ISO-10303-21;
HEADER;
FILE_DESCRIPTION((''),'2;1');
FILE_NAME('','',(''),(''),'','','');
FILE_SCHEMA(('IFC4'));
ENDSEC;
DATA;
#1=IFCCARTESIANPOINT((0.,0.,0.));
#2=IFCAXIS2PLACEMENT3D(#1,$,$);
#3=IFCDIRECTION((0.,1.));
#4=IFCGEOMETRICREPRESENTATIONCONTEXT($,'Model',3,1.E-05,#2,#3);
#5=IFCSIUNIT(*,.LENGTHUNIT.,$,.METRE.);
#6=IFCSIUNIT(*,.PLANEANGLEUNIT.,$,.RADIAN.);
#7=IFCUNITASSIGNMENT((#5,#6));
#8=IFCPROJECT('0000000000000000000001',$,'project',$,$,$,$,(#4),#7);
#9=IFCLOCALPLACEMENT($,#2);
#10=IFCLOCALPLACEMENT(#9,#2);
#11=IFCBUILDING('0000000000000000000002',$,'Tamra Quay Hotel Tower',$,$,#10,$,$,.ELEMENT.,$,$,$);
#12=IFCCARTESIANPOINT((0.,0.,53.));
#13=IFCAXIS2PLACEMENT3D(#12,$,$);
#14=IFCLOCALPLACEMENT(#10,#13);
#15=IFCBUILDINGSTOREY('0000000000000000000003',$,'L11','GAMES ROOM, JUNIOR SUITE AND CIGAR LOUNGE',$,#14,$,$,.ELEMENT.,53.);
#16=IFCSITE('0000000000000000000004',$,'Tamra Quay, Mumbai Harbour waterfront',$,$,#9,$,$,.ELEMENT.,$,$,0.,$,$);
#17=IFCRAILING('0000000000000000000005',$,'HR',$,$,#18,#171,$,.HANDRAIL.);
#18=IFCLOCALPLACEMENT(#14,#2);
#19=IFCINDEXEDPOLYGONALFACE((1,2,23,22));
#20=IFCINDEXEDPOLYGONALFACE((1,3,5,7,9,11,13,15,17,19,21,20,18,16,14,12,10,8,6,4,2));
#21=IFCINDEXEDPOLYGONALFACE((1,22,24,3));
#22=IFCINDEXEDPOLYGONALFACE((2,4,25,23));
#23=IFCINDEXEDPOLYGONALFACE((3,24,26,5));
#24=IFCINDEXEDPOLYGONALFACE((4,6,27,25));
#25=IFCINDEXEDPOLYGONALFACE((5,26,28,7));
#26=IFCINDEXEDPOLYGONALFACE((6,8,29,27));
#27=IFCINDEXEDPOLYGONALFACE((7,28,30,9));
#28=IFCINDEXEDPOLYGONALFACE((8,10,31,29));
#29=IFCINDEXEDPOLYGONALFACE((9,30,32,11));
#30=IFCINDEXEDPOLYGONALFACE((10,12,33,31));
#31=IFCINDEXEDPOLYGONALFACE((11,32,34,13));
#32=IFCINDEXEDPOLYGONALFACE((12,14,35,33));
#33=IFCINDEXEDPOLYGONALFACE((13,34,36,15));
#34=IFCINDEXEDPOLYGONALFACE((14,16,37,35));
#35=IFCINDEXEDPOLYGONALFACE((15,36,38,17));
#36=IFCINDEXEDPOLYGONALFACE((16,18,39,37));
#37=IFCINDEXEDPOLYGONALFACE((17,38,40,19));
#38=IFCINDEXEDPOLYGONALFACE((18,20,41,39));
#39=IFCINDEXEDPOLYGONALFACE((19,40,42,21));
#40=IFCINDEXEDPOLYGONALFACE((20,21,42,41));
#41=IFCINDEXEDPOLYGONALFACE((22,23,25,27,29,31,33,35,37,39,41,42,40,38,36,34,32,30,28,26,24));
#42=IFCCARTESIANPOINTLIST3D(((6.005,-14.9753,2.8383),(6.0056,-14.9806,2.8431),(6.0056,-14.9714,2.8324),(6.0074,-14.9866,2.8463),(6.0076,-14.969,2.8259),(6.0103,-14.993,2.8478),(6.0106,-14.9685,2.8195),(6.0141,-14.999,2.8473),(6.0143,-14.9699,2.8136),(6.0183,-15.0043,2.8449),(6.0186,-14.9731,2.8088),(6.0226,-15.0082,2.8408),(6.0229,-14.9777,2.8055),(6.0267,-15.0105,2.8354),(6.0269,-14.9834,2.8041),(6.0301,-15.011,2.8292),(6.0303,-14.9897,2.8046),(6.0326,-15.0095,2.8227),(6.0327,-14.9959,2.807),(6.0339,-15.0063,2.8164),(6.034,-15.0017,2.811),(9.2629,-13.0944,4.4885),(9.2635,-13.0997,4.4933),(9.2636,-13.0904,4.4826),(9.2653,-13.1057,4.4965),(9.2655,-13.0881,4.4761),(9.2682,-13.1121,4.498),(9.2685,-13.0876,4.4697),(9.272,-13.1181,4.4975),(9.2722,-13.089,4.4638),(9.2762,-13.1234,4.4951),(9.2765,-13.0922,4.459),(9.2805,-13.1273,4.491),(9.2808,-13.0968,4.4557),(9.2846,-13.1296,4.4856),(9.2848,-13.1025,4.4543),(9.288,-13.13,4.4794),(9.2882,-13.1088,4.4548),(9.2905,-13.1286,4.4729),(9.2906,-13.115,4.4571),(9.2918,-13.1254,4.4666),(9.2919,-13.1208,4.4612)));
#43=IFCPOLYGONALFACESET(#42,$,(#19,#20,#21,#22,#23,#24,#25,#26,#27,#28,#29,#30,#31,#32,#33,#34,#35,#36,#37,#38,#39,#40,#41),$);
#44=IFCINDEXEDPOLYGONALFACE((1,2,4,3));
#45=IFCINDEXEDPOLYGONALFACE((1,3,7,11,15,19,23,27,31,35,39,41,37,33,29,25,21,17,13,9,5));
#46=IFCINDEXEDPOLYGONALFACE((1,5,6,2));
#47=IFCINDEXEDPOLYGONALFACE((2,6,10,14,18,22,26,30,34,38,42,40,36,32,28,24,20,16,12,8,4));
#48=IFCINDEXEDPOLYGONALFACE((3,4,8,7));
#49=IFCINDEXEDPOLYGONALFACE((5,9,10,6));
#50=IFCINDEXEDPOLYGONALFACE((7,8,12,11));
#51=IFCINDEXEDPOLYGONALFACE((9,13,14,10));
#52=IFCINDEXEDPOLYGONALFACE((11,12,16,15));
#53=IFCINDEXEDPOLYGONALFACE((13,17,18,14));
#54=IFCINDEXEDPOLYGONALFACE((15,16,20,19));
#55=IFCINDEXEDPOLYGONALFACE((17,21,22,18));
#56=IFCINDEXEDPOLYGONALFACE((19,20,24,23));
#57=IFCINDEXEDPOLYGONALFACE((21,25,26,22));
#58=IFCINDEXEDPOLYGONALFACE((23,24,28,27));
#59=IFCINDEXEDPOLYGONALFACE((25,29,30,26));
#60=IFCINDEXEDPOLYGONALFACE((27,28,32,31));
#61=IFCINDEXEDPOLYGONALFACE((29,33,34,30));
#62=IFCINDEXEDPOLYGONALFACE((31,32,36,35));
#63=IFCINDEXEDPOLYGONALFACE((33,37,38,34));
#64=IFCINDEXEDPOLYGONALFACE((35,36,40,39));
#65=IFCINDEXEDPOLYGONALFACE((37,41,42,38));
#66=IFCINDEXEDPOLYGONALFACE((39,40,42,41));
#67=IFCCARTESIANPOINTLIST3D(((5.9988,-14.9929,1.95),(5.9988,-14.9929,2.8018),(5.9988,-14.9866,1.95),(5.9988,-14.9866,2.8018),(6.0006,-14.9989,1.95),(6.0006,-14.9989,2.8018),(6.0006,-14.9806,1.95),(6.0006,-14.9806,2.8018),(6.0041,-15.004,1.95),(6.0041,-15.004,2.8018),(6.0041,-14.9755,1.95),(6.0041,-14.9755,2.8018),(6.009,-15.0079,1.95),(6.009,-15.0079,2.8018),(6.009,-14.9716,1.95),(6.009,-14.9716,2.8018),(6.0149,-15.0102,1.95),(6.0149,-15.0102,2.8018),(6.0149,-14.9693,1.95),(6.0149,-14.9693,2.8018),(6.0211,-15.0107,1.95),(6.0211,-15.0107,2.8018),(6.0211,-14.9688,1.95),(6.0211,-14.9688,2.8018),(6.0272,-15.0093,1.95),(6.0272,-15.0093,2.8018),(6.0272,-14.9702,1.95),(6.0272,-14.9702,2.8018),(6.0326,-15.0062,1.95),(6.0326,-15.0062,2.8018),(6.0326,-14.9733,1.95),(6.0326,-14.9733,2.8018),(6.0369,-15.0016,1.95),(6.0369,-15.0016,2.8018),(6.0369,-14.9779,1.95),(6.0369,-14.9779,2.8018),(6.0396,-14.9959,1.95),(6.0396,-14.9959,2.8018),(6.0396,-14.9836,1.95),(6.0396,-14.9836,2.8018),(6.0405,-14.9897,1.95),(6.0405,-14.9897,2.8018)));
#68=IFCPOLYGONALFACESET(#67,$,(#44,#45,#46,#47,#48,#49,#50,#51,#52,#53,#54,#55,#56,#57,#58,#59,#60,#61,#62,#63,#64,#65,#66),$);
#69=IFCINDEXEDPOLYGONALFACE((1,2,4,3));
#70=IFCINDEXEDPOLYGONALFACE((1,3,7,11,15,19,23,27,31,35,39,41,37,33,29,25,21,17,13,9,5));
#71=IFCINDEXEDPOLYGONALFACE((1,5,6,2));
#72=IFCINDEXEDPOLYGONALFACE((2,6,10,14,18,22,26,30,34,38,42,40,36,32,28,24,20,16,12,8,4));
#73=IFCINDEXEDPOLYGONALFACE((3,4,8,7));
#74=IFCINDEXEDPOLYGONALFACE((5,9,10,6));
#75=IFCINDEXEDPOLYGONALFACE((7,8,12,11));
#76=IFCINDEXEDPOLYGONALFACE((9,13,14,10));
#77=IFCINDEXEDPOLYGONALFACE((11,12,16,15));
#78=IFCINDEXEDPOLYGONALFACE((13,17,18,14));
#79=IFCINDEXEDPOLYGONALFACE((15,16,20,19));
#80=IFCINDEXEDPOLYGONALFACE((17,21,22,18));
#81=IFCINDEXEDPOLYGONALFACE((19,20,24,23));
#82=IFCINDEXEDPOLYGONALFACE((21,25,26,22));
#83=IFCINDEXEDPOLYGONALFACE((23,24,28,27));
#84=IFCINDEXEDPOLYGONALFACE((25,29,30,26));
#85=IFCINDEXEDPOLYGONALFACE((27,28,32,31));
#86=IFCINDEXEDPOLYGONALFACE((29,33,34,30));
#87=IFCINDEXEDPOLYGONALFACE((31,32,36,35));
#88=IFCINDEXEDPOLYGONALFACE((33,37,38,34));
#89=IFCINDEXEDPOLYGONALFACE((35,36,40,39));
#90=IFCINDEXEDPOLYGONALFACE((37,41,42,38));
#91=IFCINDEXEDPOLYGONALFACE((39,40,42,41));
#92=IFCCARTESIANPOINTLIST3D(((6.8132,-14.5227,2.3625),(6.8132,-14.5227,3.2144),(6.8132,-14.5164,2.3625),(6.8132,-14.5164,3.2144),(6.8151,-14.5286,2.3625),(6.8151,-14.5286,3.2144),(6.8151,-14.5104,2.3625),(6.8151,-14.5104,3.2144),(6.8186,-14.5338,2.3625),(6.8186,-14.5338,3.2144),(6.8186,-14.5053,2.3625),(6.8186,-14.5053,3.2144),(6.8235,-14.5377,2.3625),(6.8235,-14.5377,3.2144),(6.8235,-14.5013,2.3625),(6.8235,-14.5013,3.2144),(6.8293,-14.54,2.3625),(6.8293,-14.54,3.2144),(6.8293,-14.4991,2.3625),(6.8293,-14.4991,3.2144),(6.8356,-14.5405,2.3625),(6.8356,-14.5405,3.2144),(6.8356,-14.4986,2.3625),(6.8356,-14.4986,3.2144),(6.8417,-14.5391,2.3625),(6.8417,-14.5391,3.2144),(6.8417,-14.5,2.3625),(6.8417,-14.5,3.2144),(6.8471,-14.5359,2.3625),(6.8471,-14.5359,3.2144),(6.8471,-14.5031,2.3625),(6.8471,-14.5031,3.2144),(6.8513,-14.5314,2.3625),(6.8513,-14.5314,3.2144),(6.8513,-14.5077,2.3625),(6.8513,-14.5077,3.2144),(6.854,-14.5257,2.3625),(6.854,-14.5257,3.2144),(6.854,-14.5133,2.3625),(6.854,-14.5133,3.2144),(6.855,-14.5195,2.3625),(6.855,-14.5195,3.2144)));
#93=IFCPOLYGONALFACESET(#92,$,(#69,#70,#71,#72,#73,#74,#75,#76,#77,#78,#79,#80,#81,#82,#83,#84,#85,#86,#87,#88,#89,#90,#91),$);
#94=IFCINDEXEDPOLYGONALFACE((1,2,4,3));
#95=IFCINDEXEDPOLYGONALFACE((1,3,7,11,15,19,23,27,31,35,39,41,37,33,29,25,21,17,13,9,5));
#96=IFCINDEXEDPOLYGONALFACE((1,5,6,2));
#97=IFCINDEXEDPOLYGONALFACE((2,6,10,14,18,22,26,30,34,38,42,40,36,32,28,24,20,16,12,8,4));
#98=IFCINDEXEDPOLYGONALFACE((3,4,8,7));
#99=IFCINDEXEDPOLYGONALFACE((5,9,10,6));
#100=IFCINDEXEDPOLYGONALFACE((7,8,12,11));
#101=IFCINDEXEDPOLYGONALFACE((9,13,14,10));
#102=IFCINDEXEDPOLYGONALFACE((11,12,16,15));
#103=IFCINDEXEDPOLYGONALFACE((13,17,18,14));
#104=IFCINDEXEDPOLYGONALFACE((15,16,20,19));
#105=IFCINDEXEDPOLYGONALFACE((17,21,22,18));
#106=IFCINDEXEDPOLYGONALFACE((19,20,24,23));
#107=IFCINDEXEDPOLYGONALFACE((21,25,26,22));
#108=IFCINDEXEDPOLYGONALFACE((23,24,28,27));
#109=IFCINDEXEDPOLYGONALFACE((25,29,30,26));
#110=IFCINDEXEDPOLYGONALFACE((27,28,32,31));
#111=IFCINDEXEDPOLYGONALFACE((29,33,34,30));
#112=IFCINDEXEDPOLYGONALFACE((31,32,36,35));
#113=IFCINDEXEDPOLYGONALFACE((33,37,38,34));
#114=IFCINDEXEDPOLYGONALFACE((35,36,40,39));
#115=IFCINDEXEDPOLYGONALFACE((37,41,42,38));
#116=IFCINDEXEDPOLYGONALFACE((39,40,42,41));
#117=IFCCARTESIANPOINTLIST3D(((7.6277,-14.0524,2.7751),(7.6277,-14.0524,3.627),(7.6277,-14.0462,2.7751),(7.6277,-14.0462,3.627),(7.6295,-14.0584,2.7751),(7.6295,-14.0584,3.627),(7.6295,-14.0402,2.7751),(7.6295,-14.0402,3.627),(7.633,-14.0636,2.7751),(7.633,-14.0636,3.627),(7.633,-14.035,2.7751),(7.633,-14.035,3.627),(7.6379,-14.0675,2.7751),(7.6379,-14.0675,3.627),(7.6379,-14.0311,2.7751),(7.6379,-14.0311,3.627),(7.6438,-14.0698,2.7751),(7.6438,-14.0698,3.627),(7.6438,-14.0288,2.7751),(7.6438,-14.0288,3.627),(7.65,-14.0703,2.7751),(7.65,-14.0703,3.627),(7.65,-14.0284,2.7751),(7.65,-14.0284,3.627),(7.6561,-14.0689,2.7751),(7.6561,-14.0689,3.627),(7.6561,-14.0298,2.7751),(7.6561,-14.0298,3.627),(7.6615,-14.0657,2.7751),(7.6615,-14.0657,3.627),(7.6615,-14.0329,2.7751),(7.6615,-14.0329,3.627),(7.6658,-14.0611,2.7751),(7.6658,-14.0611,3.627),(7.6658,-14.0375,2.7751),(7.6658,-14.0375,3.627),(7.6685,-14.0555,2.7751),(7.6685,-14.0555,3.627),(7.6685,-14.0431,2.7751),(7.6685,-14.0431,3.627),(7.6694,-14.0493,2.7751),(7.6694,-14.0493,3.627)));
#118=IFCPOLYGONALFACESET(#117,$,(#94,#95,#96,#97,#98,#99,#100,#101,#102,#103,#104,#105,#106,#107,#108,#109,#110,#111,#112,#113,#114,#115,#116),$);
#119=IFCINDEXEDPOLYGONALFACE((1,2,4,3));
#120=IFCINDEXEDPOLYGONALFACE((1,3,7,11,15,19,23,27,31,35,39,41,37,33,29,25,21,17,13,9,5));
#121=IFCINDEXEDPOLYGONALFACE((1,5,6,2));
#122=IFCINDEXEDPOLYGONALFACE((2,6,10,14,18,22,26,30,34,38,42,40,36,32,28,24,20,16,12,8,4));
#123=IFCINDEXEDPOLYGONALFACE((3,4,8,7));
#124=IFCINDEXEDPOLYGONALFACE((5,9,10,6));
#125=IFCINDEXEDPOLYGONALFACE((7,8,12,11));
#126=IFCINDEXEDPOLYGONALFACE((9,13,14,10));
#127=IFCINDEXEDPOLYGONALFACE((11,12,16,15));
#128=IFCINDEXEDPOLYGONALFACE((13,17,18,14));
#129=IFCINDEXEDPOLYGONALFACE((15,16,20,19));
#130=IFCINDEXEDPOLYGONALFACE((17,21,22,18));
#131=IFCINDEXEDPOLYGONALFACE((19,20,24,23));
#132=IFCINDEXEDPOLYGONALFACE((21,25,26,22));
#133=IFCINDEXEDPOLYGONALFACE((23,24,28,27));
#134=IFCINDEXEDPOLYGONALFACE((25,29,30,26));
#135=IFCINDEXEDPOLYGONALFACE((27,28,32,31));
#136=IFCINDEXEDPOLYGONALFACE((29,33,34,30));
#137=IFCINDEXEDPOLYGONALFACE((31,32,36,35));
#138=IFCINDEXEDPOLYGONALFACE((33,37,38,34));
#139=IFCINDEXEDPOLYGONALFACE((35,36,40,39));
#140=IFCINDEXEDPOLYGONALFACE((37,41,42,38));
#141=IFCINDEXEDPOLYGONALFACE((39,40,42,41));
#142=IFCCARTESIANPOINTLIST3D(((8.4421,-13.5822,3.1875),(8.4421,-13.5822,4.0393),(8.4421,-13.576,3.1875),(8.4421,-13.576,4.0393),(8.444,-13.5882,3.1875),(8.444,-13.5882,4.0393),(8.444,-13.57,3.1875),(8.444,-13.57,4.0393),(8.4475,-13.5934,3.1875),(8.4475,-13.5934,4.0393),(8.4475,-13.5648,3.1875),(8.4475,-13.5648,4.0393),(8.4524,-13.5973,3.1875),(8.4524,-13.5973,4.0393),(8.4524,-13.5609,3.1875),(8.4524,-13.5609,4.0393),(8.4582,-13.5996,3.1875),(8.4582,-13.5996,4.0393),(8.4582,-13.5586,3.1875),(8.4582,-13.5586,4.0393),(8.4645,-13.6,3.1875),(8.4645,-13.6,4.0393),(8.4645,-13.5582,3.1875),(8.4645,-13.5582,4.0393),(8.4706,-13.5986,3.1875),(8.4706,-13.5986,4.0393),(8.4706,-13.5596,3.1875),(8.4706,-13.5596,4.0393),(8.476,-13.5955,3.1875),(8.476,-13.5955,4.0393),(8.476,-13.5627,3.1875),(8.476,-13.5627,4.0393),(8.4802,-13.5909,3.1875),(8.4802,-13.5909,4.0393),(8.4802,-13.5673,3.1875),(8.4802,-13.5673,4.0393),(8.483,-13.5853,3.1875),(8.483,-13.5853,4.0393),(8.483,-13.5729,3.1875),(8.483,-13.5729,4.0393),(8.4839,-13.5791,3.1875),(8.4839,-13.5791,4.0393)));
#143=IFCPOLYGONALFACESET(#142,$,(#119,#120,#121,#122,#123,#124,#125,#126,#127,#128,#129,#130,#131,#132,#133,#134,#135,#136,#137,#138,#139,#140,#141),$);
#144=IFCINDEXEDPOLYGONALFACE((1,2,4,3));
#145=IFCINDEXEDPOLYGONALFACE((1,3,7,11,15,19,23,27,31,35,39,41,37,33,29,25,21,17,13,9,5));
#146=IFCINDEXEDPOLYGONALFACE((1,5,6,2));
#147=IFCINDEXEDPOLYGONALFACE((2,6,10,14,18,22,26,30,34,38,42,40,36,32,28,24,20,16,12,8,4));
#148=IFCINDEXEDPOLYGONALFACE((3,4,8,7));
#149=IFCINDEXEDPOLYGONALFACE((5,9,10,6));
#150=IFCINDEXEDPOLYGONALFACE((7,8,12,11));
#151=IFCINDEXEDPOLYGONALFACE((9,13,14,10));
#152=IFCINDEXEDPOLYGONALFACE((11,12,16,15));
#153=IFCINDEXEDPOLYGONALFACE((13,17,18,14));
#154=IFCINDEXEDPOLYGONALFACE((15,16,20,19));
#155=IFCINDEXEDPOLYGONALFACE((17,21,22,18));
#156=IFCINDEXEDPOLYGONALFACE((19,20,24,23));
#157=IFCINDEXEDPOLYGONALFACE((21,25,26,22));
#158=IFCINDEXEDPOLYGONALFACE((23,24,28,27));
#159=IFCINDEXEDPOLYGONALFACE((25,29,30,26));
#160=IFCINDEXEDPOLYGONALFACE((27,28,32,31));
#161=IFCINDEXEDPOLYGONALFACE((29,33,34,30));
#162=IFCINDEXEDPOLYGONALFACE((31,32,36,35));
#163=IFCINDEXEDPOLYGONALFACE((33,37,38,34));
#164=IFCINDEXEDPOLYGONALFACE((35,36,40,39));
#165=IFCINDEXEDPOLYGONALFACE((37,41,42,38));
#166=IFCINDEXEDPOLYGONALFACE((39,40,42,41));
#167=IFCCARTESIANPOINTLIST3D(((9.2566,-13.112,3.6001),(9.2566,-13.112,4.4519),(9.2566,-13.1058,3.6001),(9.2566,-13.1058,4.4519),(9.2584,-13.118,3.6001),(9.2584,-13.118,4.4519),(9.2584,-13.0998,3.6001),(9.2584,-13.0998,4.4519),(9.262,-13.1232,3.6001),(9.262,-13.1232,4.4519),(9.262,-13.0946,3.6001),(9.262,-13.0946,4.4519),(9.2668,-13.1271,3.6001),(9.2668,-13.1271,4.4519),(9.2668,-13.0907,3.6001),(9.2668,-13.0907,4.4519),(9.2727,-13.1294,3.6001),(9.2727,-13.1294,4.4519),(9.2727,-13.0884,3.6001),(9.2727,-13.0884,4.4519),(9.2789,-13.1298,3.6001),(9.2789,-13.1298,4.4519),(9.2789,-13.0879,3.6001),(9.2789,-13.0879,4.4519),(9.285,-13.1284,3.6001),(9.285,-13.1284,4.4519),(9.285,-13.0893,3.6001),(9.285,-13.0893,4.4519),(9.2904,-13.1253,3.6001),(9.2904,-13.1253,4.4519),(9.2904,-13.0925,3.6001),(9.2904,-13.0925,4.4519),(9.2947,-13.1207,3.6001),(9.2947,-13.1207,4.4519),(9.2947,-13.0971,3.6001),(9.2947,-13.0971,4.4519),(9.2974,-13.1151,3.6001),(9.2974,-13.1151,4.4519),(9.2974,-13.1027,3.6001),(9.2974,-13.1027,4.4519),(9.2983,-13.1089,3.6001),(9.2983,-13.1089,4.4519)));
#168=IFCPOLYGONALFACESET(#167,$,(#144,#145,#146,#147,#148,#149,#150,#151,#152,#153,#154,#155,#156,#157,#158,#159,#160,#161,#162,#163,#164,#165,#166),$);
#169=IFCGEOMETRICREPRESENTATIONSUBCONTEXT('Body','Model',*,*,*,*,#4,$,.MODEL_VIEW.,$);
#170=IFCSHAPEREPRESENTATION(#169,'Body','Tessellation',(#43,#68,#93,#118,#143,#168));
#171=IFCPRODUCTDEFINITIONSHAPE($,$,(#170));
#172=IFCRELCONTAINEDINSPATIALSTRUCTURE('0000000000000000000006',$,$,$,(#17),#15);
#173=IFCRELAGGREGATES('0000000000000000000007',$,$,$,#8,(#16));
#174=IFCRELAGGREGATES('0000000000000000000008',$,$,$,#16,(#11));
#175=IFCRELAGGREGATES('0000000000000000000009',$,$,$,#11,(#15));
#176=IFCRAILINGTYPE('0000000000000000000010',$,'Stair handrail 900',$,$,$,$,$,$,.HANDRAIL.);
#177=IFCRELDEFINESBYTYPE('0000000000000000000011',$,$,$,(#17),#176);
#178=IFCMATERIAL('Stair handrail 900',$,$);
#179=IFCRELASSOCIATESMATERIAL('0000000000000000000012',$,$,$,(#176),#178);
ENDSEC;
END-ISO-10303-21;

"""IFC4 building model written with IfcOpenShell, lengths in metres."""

from ifc_helpers import new_model, si_unit, direction, frame, origin, origin_2d, place, context, subcontext, project, spatial, circle, extrude, material, type_object, element, save


model = new_model("IFC4")

# Units and contexts
model_context = context("Model", 3, precision=1e-05, world=origin(), true_north=direction((0.0, 1.0)))
body_context = subcontext(model_context, "Body", "Model", "MODEL_VIEW")
ifc_project = project(units=[si_unit("LENGTHUNIT", "METRE"), si_unit("PLANEANGLEUNIT", "RADIAN")], contexts=[model_context])

# Site, building, storey
site_placement = place(None, origin())
site = spatial("IfcSite", under=ifc_project, at=site_placement, Name="Tamra Quay, Mumbai Harbour waterfront", CompositionType="ELEMENT", RefElevation=0.0)
building_placement = place(site_placement, origin())
building = spatial("IfcBuilding", under=site, at=building_placement, Name="Tamra Quay Hotel Tower", CompositionType="ELEMENT")
storey_placement = place(building_placement, frame((0.0, 0.0, 53.0)))
storey = spatial("IfcBuildingStorey", under=building, at=storey_placement, Name="L11", Description="GAMES ROOM, JUNIOR SUITE AND CIGAR LOUNGE", CompositionType="ELEMENT", Elevation=53.0)

# Railing
ifc_material_1 = material(Name="Stair handrail 900")
railing_type_1 = type_object("IfcRailingType", Name="Stair handrail 900", PredefinedType="HANDRAIL", material=ifc_material_1)
railing_1_placement = place(storey_placement, frame((6.0195, -14.9897, 1.95)))
element("IfcRailing", 1, at=railing_1_placement, inside=storey, type_object=railing_type_1, Name="HR", PredefinedType="HANDRAIL", context=body_context, shape_type="SweptSolid", body=[
    extrude(circle(Radius=0.0239, at=origin_2d()), frame((0.0, 0.0, 0.876), z_axis=(0.793081, 0.457876, 0.401711), x_axis=(-0.499992, 0.86603, 0.0)), (0.0, 0.0, 1.0), 4.1079),
    extrude(circle(Radius=0.021, at=origin_2d()), origin(), (0.0, 0.0, 1.0), 0.8518),
    extrude(circle(Radius=0.021, at=origin_2d()), frame((0.8145, 0.4702, 0.4126)), (0.0, 0.0, 1.0), 0.8518),
    extrude(circle(Radius=0.021, at=origin_2d()), frame((1.6289, 0.9404, 0.8252)), (0.0, 0.0, 1.0), 0.8518),
    extrude(circle(Radius=0.021, at=origin_2d()), frame((2.4434, 1.4106, 1.2375)), (0.0, 0.0, 1.0), 0.8518),
    extrude(circle(Radius=0.021, at=origin_2d()), frame((3.2578, 1.8809, 1.6501)), (0.0, 0.0, 1.0), 0.8518),
])

save(model, "model.ifc")
